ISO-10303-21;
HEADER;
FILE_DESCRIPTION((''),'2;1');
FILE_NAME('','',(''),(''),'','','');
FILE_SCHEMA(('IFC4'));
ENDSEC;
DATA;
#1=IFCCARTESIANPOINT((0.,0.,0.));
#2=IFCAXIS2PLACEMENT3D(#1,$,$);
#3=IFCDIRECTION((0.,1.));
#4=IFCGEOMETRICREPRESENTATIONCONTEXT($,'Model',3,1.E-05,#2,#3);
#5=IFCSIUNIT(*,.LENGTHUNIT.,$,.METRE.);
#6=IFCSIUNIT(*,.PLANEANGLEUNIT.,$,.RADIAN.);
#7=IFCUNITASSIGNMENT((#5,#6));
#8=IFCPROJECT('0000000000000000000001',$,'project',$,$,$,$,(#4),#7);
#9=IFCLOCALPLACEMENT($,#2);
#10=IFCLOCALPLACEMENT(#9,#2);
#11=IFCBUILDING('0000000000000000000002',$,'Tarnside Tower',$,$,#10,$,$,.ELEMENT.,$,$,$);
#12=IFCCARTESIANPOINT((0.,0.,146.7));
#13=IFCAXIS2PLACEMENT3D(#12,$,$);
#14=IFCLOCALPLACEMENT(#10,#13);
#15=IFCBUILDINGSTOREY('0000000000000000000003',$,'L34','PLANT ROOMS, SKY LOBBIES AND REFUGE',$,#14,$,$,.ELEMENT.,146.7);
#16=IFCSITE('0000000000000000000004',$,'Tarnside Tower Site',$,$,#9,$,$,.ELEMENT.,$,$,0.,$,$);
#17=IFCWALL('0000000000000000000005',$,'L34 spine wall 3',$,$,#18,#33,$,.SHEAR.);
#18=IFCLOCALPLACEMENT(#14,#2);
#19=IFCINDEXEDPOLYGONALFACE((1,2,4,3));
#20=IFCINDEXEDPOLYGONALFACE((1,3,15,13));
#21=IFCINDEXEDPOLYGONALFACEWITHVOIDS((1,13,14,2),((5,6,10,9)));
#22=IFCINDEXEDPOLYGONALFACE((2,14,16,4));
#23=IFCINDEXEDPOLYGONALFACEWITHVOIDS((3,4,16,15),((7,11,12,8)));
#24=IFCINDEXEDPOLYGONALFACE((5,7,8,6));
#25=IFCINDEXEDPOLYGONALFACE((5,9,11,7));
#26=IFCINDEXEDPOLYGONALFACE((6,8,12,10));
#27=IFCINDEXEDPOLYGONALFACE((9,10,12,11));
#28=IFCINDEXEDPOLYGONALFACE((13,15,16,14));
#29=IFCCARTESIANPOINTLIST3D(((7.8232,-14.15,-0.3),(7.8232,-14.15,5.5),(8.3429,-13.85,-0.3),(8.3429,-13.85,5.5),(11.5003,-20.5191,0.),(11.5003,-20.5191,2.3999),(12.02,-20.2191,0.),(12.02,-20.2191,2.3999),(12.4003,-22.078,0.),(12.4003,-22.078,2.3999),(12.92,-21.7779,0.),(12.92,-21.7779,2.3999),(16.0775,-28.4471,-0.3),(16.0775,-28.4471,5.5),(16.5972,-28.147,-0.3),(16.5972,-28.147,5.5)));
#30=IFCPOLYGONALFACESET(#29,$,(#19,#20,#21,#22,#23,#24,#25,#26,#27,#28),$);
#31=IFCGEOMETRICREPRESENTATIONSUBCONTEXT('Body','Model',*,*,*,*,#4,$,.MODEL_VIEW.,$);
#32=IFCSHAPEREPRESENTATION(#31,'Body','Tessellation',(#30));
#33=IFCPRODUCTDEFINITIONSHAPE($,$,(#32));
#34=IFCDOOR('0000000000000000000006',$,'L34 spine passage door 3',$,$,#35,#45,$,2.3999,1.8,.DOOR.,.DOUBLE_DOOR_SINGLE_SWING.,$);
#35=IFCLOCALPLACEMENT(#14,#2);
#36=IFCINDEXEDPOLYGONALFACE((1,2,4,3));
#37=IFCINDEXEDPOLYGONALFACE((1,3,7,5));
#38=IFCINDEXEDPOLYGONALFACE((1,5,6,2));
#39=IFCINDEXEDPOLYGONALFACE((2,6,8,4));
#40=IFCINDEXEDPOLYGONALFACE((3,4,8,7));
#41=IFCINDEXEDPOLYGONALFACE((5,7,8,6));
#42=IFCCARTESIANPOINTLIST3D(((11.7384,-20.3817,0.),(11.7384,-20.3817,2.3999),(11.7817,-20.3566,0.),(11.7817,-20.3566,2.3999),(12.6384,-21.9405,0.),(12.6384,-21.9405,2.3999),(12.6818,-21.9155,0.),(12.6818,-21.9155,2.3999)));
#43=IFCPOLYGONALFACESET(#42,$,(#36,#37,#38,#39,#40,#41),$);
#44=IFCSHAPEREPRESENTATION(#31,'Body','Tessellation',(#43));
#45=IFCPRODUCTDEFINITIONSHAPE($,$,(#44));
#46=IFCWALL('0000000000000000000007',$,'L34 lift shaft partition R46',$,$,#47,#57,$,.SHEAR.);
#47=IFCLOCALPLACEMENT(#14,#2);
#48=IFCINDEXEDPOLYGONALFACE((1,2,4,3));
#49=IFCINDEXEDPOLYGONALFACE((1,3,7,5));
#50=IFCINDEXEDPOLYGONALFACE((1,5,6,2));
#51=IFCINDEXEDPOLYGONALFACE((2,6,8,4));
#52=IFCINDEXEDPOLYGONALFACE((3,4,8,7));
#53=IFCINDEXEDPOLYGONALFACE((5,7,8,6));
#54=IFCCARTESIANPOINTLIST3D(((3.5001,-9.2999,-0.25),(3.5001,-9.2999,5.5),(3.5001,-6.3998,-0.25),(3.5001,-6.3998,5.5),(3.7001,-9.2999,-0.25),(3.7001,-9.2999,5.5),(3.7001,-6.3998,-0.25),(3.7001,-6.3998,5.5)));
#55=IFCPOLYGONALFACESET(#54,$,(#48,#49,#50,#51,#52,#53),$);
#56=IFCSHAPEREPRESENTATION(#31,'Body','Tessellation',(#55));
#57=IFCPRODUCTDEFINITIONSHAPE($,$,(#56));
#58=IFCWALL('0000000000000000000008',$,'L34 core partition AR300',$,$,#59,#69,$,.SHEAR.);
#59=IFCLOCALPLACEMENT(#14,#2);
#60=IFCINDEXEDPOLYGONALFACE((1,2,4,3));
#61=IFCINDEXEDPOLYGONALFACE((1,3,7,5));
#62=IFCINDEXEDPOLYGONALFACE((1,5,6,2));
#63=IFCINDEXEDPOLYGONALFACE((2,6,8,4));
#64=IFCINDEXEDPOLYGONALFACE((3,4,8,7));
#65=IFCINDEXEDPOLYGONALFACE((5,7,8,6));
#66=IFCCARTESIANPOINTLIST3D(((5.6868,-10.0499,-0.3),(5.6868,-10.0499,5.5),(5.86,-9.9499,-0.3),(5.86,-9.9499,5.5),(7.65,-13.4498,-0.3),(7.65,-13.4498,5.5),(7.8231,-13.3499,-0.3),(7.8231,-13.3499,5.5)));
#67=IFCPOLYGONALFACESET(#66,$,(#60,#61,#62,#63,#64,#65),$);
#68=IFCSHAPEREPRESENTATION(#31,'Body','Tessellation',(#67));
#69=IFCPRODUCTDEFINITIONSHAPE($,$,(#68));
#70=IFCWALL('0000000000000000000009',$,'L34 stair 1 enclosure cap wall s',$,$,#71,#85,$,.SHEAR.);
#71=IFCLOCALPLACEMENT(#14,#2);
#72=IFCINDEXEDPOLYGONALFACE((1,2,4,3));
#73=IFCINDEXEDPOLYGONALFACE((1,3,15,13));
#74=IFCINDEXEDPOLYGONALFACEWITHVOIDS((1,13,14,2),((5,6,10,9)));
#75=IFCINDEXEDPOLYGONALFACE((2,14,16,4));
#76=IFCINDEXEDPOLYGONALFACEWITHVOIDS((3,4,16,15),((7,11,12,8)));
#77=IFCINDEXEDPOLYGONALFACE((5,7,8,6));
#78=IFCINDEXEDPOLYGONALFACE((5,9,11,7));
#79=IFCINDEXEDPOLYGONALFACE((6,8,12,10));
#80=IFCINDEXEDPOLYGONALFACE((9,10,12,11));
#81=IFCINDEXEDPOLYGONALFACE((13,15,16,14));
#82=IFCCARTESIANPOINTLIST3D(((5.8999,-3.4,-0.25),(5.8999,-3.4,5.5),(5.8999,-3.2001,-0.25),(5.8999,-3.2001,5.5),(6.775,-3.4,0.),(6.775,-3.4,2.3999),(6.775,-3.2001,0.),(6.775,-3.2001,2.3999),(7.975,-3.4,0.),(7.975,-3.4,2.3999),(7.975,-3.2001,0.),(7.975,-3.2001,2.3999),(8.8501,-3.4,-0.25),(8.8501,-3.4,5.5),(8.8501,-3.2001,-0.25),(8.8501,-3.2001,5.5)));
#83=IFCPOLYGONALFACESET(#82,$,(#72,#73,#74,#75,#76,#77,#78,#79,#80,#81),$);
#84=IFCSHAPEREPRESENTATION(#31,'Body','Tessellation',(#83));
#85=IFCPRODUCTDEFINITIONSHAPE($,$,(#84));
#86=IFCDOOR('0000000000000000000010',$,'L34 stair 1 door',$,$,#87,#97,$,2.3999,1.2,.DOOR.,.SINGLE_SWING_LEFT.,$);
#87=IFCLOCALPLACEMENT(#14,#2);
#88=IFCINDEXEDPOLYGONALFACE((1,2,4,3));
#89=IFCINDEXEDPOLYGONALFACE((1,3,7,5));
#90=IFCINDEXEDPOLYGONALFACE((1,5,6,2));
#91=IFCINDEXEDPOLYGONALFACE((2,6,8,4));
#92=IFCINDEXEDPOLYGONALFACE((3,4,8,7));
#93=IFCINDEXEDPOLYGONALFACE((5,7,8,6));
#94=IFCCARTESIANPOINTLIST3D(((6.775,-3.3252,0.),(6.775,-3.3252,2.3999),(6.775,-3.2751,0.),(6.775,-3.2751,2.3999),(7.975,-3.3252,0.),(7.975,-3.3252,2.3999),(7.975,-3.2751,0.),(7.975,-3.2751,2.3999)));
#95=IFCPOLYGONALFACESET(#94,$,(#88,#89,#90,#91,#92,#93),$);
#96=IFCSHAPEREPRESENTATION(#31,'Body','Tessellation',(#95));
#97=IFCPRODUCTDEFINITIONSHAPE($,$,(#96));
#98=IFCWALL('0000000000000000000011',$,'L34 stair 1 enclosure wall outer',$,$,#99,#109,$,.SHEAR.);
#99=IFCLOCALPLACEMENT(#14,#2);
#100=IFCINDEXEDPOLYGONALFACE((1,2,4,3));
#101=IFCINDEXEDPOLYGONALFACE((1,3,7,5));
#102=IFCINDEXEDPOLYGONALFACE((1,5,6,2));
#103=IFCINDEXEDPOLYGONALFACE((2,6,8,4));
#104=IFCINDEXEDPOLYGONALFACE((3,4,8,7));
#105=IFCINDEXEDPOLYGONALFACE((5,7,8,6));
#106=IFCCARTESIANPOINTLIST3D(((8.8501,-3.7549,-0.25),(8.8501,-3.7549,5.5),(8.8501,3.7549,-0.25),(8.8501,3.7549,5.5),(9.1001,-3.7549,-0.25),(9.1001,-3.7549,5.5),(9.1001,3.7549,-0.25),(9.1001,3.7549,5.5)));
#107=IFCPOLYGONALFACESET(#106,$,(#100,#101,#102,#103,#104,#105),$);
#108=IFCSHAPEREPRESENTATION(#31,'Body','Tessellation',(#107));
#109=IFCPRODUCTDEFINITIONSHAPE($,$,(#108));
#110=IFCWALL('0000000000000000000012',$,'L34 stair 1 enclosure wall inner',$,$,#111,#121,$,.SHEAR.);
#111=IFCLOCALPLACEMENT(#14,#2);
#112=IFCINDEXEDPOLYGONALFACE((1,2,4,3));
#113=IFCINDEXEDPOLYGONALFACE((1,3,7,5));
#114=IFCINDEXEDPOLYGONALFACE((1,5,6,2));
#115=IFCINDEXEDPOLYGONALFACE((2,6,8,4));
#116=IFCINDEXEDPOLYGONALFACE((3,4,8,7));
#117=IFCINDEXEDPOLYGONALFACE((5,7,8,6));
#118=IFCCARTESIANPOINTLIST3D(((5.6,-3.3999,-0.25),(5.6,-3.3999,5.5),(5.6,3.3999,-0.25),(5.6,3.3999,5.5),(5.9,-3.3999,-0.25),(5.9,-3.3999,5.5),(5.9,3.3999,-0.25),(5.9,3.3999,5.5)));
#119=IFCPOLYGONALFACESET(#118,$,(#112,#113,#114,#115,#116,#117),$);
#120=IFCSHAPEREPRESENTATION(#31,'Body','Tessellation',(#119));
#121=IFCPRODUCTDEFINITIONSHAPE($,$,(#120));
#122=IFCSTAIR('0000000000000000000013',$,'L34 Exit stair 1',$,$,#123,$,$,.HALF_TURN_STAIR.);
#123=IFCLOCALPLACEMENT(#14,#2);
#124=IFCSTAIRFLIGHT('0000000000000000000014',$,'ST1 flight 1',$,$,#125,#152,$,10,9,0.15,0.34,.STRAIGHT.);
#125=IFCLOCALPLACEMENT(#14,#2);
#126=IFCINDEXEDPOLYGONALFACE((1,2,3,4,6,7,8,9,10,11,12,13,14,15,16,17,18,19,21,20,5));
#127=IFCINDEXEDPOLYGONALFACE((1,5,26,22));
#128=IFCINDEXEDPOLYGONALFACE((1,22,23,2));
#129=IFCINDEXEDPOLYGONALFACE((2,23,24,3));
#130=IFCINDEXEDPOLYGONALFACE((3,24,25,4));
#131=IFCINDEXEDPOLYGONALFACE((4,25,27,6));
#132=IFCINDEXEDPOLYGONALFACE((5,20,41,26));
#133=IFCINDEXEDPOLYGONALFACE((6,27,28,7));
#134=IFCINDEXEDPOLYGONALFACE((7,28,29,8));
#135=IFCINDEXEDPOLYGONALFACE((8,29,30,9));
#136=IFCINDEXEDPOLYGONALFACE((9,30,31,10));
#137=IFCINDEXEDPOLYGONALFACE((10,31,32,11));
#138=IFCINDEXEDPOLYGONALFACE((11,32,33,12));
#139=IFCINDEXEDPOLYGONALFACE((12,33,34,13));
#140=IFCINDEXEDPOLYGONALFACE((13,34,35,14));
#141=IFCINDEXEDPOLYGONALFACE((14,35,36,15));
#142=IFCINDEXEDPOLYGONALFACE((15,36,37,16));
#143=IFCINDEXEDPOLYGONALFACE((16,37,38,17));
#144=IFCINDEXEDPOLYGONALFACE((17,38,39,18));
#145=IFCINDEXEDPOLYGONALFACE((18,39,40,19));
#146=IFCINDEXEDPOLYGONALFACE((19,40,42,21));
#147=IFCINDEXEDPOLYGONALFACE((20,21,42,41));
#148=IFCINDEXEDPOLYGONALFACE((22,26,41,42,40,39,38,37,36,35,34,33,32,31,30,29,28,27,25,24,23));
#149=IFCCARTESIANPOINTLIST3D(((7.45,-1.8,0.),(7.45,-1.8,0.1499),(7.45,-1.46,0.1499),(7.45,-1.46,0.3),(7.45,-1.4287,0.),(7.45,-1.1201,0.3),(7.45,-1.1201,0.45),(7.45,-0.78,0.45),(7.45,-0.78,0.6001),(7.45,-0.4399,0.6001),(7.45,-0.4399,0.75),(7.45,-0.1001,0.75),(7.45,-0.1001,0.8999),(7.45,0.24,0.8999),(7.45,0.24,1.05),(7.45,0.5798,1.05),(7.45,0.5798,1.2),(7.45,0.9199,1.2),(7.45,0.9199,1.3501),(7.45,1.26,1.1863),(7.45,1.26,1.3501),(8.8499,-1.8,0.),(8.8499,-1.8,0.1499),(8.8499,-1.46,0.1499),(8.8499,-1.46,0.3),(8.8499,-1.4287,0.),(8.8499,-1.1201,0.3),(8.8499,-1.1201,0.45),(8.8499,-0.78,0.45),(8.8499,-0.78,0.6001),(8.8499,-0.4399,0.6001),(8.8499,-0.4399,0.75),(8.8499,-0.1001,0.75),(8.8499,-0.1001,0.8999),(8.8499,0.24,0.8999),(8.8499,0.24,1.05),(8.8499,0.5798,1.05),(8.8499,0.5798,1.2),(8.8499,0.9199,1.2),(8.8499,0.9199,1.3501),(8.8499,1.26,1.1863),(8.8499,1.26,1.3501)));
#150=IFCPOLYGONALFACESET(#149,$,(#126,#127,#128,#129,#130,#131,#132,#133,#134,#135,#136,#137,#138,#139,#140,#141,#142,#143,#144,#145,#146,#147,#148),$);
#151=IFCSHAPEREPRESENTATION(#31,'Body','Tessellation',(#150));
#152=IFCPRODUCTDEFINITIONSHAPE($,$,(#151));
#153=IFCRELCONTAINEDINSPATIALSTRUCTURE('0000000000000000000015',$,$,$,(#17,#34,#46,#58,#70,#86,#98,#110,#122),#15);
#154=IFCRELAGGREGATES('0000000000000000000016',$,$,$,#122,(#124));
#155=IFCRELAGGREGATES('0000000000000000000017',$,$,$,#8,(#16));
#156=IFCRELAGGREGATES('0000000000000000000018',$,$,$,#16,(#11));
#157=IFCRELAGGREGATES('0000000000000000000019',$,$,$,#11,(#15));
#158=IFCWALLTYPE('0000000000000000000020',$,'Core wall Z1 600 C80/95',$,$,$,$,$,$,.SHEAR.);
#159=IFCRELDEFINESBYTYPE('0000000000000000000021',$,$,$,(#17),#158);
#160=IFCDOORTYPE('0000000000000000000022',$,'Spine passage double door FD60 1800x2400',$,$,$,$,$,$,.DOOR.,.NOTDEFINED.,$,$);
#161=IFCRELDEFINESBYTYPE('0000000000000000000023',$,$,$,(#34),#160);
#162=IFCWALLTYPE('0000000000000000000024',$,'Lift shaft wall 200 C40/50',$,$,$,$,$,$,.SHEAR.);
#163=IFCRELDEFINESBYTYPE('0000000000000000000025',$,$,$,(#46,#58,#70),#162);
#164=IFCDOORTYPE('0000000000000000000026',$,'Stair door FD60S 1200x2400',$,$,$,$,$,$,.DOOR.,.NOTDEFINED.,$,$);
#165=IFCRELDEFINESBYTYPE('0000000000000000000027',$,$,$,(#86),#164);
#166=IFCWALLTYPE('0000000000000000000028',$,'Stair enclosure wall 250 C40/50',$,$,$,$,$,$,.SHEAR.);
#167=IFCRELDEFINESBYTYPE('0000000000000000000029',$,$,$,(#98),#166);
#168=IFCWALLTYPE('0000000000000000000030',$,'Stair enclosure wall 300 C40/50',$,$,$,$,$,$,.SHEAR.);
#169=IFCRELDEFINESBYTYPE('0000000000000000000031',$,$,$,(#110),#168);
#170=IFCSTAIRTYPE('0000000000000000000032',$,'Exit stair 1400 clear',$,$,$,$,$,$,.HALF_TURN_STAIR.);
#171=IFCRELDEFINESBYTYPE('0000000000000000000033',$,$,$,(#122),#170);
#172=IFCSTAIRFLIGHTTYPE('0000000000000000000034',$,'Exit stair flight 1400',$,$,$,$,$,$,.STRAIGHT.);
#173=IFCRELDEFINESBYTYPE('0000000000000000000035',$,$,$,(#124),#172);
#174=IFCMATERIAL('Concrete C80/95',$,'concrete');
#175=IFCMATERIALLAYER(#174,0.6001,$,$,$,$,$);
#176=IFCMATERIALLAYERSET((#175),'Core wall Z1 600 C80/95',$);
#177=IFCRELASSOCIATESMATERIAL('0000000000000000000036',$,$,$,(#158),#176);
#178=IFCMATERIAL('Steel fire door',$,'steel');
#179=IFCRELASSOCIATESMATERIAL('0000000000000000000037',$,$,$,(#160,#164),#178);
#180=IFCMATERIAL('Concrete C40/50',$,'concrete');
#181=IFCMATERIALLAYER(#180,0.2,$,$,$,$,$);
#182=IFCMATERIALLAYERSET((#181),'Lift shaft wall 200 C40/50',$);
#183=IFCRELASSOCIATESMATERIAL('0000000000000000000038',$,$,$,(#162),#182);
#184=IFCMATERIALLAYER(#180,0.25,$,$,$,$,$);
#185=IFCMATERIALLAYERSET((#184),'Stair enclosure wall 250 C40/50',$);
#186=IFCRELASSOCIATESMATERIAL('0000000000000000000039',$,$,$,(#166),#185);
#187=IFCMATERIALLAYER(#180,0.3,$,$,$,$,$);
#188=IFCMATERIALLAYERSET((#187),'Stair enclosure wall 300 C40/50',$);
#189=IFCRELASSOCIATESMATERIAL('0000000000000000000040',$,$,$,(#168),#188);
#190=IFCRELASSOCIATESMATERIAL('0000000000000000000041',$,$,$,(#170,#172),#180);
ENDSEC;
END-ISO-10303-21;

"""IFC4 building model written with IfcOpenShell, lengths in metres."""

from ifc_helpers import new_model, si_unit, direction, frame, frame_2d, origin, place, context, subcontext, project, spatial, polyline, rectangle, outline, extrude, material, layer, layer_set, type_object, element, fill, aggregate, save


model = new_model("IFC4")

# Units and contexts
model_context = context("Model", 3, precision=1e-05, world=origin(), true_north=direction((0.0, 1.0)))
body_context = subcontext(model_context, "Body", "Model", "MODEL_VIEW")
ifc_project = project(units=[si_unit("LENGTHUNIT", "METRE"), si_unit("PLANEANGLEUNIT", "RADIAN")], contexts=[model_context])

# Site, building, storey
site_placement = place(None, origin())
site = spatial("IfcSite", under=ifc_project, at=site_placement, Name="Tarnside Tower Site", CompositionType="ELEMENT", RefElevation=0.0)
building_placement = place(site_placement, origin())
building = spatial("IfcBuilding", under=site, at=building_placement, Name="Tarnside Tower", CompositionType="ELEMENT")
storey_placement = place(building_placement, frame((0.0, 0.0, 146.7)))
storey = spatial("IfcBuildingStorey", under=building, at=storey_placement, Name="L34", Description="PLANT ROOMS, SKY LOBBIES AND REFUGE", CompositionType="ELEMENT", Elevation=146.7)

# Wall, opening, door
ifc_material_1 = material(Name="Steel fire door", Category="steel")
ifc_material_2 = material(Name="Concrete C40/50", Category="concrete")
ifc_material_3 = material(Name="Concrete C80/95", Category="concrete")
ifc_layer_1 = layer(ifc_material_3, 0.6001)
ifc_layer_set_1 = layer_set([ifc_layer_1], Name="Core wall Z1 600 C80/95")
wall_type_1 = type_object("IfcWallType", Name="Core wall Z1 600 C80/95", PredefinedType="SHEAR", material=ifc_layer_set_1)
wall_1_placement = place(storey_placement, frame((8.083, -14.0, -0.3), z_axis=(0.0, 0.0, 1.0), x_axis=(0.499998, -0.866027, 0.0)))
wall_1 = element("IfcWall", 1, at=wall_1_placement, inside=storey, type_object=wall_type_1, Name="L34 spine wall 3", PredefinedType="SHEAR", context=body_context, shape_type="SweptSolid", body=[
    extrude(rectangle(XDim=16.5088, YDim=0.6001, at=frame_2d((8.2544, 0.0))), origin(), (0.0, 0.0, 1.0), 5.8),
])
opening_1_placement = place(wall_1_placement, frame((7.3545, 0.0, 0.3)))
opening_1 = element("IfcOpeningElement", 2, at=opening_1_placement, cuts=wall_1, PredefinedType="OPENING", context=body_context, shape_type="SweptSolid", body=[
    extrude(rectangle(XDim=1.8, YDim=2.3999, at=frame_2d((0.8999, 1.2))), frame((0.0, 0.3101, 0.0), z_axis=(0.0, -1.0, 0.0), x_axis=(1.0, 0.0, 0.0)), (0.0, 0.0, 1.0), 0.6201),
])
door_type_1 = type_object("IfcDoorType", Name="Spine passage double door FD60 1800x2400", OperationType="NOTDEFINED", PredefinedType="DOOR", material=ifc_material_1)
door_1_placement = place(opening_1_placement, origin())
door_1 = element("IfcDoor", 3, at=door_1_placement, inside=storey, type_object=door_type_1, Name="L34 spine passage door 3", OperationType="DOUBLE_DOOR_SINGLE_SWING", OverallHeight=2.3999, OverallWidth=1.8, PredefinedType="DOOR", context=body_context, shape_type="SweptSolid", body=[
    extrude(rectangle(XDim=1.8, YDim=2.3999, at=frame_2d((0.8999, 1.2))), frame((0.0, 0.0249, 0.0), z_axis=(0.0, -1.0, 0.0), x_axis=(1.0, 0.0, 0.0)), (0.0, 0.0, 1.0), 0.05),
])
fill(opening_1, door_1)

# Walls
ifc_layer_2 = layer(ifc_material_2, 0.2)
ifc_layer_set_2 = layer_set([ifc_layer_2], Name="Lift shaft wall 200 C40/50")
wall_type_2 = type_object("IfcWallType", Name="Lift shaft wall 200 C40/50", PredefinedType="SHEAR", material=ifc_layer_set_2)
wall_2_placement = place(storey_placement, frame((3.6001, -9.3, -0.25), z_axis=(0.0, 0.0, 1.0), x_axis=(0.0, 1.0, 0.0)))
element("IfcWall", 4, at=wall_2_placement, inside=storey, type_object=wall_type_2, Name="L34 lift shaft partition R46", PredefinedType="SHEAR", context=body_context, shape_type="SweptSolid", body=[
    extrude(rectangle(XDim=2.9001, YDim=0.2, at=frame_2d((1.4502, 0.0))), origin(), (0.0, 0.0, 1.0), 5.75),
])
wall_3_placement = place(storey_placement, frame((5.7734, -10.0, -0.3), z_axis=(0.0, 0.0, 1.0), x_axis=(0.500038, -0.866003, 0.0)))
element("IfcWall", 5, at=wall_3_placement, inside=storey, type_object=wall_type_2, Name="L34 core partition AR300", PredefinedType="SHEAR", context=body_context, shape_type="SweptSolid", body=[
    extrude(rectangle(XDim=3.926, YDim=0.2, at=frame_2d((1.9629, 0.0))), origin(), (0.0, 0.0, 1.0), 5.8),
])

# Wall, opening, door
wall_4_placement = place(storey_placement, frame((5.8999, -3.3, -0.25), z_axis=(0.0, 0.0, 1.0), x_axis=(1.0, 0.0, 0.0)))
wall_4 = element("IfcWall", 6, at=wall_4_placement, inside=storey, type_object=wall_type_2, Name="L34 stair 1 enclosure cap wall s", PredefinedType="SHEAR", context=body_context, shape_type="SweptSolid", body=[
    extrude(rectangle(XDim=2.9502, YDim=0.2, at=frame_2d((1.4751, 0.0))), origin(), (0.0, 0.0, 1.0), 5.75),
])
opening_2_placement = place(wall_4_placement, frame((0.875, 0.0, 0.25)))
opening_2 = element("IfcOpeningElement", 7, at=opening_2_placement, cuts=wall_4, PredefinedType="OPENING", context=body_context, shape_type="SweptSolid", body=[
    extrude(rectangle(XDim=1.2, YDim=2.3999, at=frame_2d((0.6001, 1.2))), frame((0.0, 0.1099, 0.0), z_axis=(0.0, -1.0, 0.0), x_axis=(1.0, 0.0, 0.0)), (0.0, 0.0, 1.0), 0.22),
])
door_type_2 = type_object("IfcDoorType", Name="Stair door FD60S 1200x2400", OperationType="NOTDEFINED", PredefinedType="DOOR", material=ifc_material_1)
door_2_placement = place(opening_2_placement, origin())
door_2 = element("IfcDoor", 8, at=door_2_placement, inside=storey, type_object=door_type_2, Name="L34 stair 1 door", OperationType="SINGLE_SWING_LEFT", OverallHeight=2.3999, OverallWidth=1.2, PredefinedType="DOOR", context=body_context, shape_type="SweptSolid", body=[
    extrude(rectangle(XDim=1.2, YDim=2.3999, at=frame_2d((0.6001, 1.2))), frame((0.0, 0.0249, 0.0), z_axis=(0.0, -1.0, 0.0), x_axis=(1.0, 0.0, 0.0)), (0.0, 0.0, 1.0), 0.05),
])
fill(opening_2, door_2)

# Walls
ifc_layer_3 = layer(ifc_material_2, 0.25)
ifc_layer_set_3 = layer_set([ifc_layer_3], Name="Stair enclosure wall 250 C40/50")
wall_type_3 = type_object("IfcWallType", Name="Stair enclosure wall 250 C40/50", PredefinedType="SHEAR", material=ifc_layer_set_3)
wall_5_placement = place(storey_placement, frame((8.9751, -3.7549, -0.25), z_axis=(0.0, 0.0, 1.0), x_axis=(0.0, 1.0, 0.0)))
element("IfcWall", 9, at=wall_5_placement, inside=storey, type_object=wall_type_3, Name="L34 stair 1 enclosure wall outer", PredefinedType="SHEAR", context=body_context, shape_type="SweptSolid", body=[
    extrude(rectangle(XDim=7.5098, YDim=0.25, at=frame_2d((3.7549, 0.0))), origin(), (0.0, 0.0, 1.0), 5.75),
])
ifc_layer_4 = layer(ifc_material_2, 0.3)
ifc_layer_set_4 = layer_set([ifc_layer_4], Name="Stair enclosure wall 300 C40/50")
wall_type_4 = type_object("IfcWallType", Name="Stair enclosure wall 300 C40/50", PredefinedType="SHEAR", material=ifc_layer_set_4)
wall_6_placement = place(storey_placement, frame((5.75, -3.3999, -0.25), z_axis=(0.0, 0.0, 1.0), x_axis=(0.0, 1.0, 0.0)))
element("IfcWall", 10, at=wall_6_placement, inside=storey, type_object=wall_type_4, Name="L34 stair 1 enclosure wall inner", PredefinedType="SHEAR", context=body_context, shape_type="SweptSolid", body=[
    extrude(rectangle(XDim=6.7998, YDim=0.3, at=frame_2d((3.3999, 0.0))), origin(), (0.0, 0.0, 1.0), 5.75),
])

# Stair, stair flight
stair_type = type_object("IfcStairType", Name="Exit stair 1400 clear", PredefinedType="HALF_TURN_STAIR", material=ifc_material_2)
stair_placement = place(storey_placement, origin())
stair = element("IfcStair", 11, at=stair_placement, inside=storey, type_object=stair_type, Name="L34 Exit stair 1", PredefinedType="HALF_TURN_STAIR")
stair_flight_type = type_object("IfcStairFlightType", Name="Exit stair flight 1400", PredefinedType="STRAIGHT", material=ifc_material_2)
stair_flight_1_placement = place(storey_placement, frame((8.1499, -1.8, 0.0), z_axis=(0.0, 0.0, 1.0), x_axis=(0.0, 1.0, 0.0)))
stair_flight_1 = element("IfcStairFlight", 12, at=stair_flight_1_placement, type_object=stair_flight_type, Name="ST1 flight 1", NumberOfRisers=10, NumberOfTreads=9, PredefinedType="STRAIGHT", RiserHeight=0.15, TreadLength=0.34, context=body_context, shape_type="SweptSolid", body=[
    extrude(outline(polyline([(0.0, 0.0), (0.0, 0.1499), (0.3401, 0.1499), (0.3401, 0.3), (0.6799, 0.3), (0.6799, 0.45), (1.02, 0.45), (1.02, 0.6001), (1.3601, 0.6001), (1.3601, 0.75), (1.7, 0.75), (1.7, 0.8999), (2.04, 0.8999), (2.04, 1.05), (2.3799, 1.05), (2.3799, 1.2), (2.72, 1.2), (2.72, 1.3501), (3.0601, 1.3501), (3.0601, 1.5), (3.0601, 1.1863), (0.3713, 0.0), (0.0, 0.0)])), frame((0.0, 0.7, 0.0), z_axis=(0.0, -1.0, 0.0), x_axis=(1.0, 0.0, 0.0)), (0.0, 0.0, 1.0), 1.3999),
])
aggregate(stair, [stair_flight_1])

save(model, "model.ifc")
